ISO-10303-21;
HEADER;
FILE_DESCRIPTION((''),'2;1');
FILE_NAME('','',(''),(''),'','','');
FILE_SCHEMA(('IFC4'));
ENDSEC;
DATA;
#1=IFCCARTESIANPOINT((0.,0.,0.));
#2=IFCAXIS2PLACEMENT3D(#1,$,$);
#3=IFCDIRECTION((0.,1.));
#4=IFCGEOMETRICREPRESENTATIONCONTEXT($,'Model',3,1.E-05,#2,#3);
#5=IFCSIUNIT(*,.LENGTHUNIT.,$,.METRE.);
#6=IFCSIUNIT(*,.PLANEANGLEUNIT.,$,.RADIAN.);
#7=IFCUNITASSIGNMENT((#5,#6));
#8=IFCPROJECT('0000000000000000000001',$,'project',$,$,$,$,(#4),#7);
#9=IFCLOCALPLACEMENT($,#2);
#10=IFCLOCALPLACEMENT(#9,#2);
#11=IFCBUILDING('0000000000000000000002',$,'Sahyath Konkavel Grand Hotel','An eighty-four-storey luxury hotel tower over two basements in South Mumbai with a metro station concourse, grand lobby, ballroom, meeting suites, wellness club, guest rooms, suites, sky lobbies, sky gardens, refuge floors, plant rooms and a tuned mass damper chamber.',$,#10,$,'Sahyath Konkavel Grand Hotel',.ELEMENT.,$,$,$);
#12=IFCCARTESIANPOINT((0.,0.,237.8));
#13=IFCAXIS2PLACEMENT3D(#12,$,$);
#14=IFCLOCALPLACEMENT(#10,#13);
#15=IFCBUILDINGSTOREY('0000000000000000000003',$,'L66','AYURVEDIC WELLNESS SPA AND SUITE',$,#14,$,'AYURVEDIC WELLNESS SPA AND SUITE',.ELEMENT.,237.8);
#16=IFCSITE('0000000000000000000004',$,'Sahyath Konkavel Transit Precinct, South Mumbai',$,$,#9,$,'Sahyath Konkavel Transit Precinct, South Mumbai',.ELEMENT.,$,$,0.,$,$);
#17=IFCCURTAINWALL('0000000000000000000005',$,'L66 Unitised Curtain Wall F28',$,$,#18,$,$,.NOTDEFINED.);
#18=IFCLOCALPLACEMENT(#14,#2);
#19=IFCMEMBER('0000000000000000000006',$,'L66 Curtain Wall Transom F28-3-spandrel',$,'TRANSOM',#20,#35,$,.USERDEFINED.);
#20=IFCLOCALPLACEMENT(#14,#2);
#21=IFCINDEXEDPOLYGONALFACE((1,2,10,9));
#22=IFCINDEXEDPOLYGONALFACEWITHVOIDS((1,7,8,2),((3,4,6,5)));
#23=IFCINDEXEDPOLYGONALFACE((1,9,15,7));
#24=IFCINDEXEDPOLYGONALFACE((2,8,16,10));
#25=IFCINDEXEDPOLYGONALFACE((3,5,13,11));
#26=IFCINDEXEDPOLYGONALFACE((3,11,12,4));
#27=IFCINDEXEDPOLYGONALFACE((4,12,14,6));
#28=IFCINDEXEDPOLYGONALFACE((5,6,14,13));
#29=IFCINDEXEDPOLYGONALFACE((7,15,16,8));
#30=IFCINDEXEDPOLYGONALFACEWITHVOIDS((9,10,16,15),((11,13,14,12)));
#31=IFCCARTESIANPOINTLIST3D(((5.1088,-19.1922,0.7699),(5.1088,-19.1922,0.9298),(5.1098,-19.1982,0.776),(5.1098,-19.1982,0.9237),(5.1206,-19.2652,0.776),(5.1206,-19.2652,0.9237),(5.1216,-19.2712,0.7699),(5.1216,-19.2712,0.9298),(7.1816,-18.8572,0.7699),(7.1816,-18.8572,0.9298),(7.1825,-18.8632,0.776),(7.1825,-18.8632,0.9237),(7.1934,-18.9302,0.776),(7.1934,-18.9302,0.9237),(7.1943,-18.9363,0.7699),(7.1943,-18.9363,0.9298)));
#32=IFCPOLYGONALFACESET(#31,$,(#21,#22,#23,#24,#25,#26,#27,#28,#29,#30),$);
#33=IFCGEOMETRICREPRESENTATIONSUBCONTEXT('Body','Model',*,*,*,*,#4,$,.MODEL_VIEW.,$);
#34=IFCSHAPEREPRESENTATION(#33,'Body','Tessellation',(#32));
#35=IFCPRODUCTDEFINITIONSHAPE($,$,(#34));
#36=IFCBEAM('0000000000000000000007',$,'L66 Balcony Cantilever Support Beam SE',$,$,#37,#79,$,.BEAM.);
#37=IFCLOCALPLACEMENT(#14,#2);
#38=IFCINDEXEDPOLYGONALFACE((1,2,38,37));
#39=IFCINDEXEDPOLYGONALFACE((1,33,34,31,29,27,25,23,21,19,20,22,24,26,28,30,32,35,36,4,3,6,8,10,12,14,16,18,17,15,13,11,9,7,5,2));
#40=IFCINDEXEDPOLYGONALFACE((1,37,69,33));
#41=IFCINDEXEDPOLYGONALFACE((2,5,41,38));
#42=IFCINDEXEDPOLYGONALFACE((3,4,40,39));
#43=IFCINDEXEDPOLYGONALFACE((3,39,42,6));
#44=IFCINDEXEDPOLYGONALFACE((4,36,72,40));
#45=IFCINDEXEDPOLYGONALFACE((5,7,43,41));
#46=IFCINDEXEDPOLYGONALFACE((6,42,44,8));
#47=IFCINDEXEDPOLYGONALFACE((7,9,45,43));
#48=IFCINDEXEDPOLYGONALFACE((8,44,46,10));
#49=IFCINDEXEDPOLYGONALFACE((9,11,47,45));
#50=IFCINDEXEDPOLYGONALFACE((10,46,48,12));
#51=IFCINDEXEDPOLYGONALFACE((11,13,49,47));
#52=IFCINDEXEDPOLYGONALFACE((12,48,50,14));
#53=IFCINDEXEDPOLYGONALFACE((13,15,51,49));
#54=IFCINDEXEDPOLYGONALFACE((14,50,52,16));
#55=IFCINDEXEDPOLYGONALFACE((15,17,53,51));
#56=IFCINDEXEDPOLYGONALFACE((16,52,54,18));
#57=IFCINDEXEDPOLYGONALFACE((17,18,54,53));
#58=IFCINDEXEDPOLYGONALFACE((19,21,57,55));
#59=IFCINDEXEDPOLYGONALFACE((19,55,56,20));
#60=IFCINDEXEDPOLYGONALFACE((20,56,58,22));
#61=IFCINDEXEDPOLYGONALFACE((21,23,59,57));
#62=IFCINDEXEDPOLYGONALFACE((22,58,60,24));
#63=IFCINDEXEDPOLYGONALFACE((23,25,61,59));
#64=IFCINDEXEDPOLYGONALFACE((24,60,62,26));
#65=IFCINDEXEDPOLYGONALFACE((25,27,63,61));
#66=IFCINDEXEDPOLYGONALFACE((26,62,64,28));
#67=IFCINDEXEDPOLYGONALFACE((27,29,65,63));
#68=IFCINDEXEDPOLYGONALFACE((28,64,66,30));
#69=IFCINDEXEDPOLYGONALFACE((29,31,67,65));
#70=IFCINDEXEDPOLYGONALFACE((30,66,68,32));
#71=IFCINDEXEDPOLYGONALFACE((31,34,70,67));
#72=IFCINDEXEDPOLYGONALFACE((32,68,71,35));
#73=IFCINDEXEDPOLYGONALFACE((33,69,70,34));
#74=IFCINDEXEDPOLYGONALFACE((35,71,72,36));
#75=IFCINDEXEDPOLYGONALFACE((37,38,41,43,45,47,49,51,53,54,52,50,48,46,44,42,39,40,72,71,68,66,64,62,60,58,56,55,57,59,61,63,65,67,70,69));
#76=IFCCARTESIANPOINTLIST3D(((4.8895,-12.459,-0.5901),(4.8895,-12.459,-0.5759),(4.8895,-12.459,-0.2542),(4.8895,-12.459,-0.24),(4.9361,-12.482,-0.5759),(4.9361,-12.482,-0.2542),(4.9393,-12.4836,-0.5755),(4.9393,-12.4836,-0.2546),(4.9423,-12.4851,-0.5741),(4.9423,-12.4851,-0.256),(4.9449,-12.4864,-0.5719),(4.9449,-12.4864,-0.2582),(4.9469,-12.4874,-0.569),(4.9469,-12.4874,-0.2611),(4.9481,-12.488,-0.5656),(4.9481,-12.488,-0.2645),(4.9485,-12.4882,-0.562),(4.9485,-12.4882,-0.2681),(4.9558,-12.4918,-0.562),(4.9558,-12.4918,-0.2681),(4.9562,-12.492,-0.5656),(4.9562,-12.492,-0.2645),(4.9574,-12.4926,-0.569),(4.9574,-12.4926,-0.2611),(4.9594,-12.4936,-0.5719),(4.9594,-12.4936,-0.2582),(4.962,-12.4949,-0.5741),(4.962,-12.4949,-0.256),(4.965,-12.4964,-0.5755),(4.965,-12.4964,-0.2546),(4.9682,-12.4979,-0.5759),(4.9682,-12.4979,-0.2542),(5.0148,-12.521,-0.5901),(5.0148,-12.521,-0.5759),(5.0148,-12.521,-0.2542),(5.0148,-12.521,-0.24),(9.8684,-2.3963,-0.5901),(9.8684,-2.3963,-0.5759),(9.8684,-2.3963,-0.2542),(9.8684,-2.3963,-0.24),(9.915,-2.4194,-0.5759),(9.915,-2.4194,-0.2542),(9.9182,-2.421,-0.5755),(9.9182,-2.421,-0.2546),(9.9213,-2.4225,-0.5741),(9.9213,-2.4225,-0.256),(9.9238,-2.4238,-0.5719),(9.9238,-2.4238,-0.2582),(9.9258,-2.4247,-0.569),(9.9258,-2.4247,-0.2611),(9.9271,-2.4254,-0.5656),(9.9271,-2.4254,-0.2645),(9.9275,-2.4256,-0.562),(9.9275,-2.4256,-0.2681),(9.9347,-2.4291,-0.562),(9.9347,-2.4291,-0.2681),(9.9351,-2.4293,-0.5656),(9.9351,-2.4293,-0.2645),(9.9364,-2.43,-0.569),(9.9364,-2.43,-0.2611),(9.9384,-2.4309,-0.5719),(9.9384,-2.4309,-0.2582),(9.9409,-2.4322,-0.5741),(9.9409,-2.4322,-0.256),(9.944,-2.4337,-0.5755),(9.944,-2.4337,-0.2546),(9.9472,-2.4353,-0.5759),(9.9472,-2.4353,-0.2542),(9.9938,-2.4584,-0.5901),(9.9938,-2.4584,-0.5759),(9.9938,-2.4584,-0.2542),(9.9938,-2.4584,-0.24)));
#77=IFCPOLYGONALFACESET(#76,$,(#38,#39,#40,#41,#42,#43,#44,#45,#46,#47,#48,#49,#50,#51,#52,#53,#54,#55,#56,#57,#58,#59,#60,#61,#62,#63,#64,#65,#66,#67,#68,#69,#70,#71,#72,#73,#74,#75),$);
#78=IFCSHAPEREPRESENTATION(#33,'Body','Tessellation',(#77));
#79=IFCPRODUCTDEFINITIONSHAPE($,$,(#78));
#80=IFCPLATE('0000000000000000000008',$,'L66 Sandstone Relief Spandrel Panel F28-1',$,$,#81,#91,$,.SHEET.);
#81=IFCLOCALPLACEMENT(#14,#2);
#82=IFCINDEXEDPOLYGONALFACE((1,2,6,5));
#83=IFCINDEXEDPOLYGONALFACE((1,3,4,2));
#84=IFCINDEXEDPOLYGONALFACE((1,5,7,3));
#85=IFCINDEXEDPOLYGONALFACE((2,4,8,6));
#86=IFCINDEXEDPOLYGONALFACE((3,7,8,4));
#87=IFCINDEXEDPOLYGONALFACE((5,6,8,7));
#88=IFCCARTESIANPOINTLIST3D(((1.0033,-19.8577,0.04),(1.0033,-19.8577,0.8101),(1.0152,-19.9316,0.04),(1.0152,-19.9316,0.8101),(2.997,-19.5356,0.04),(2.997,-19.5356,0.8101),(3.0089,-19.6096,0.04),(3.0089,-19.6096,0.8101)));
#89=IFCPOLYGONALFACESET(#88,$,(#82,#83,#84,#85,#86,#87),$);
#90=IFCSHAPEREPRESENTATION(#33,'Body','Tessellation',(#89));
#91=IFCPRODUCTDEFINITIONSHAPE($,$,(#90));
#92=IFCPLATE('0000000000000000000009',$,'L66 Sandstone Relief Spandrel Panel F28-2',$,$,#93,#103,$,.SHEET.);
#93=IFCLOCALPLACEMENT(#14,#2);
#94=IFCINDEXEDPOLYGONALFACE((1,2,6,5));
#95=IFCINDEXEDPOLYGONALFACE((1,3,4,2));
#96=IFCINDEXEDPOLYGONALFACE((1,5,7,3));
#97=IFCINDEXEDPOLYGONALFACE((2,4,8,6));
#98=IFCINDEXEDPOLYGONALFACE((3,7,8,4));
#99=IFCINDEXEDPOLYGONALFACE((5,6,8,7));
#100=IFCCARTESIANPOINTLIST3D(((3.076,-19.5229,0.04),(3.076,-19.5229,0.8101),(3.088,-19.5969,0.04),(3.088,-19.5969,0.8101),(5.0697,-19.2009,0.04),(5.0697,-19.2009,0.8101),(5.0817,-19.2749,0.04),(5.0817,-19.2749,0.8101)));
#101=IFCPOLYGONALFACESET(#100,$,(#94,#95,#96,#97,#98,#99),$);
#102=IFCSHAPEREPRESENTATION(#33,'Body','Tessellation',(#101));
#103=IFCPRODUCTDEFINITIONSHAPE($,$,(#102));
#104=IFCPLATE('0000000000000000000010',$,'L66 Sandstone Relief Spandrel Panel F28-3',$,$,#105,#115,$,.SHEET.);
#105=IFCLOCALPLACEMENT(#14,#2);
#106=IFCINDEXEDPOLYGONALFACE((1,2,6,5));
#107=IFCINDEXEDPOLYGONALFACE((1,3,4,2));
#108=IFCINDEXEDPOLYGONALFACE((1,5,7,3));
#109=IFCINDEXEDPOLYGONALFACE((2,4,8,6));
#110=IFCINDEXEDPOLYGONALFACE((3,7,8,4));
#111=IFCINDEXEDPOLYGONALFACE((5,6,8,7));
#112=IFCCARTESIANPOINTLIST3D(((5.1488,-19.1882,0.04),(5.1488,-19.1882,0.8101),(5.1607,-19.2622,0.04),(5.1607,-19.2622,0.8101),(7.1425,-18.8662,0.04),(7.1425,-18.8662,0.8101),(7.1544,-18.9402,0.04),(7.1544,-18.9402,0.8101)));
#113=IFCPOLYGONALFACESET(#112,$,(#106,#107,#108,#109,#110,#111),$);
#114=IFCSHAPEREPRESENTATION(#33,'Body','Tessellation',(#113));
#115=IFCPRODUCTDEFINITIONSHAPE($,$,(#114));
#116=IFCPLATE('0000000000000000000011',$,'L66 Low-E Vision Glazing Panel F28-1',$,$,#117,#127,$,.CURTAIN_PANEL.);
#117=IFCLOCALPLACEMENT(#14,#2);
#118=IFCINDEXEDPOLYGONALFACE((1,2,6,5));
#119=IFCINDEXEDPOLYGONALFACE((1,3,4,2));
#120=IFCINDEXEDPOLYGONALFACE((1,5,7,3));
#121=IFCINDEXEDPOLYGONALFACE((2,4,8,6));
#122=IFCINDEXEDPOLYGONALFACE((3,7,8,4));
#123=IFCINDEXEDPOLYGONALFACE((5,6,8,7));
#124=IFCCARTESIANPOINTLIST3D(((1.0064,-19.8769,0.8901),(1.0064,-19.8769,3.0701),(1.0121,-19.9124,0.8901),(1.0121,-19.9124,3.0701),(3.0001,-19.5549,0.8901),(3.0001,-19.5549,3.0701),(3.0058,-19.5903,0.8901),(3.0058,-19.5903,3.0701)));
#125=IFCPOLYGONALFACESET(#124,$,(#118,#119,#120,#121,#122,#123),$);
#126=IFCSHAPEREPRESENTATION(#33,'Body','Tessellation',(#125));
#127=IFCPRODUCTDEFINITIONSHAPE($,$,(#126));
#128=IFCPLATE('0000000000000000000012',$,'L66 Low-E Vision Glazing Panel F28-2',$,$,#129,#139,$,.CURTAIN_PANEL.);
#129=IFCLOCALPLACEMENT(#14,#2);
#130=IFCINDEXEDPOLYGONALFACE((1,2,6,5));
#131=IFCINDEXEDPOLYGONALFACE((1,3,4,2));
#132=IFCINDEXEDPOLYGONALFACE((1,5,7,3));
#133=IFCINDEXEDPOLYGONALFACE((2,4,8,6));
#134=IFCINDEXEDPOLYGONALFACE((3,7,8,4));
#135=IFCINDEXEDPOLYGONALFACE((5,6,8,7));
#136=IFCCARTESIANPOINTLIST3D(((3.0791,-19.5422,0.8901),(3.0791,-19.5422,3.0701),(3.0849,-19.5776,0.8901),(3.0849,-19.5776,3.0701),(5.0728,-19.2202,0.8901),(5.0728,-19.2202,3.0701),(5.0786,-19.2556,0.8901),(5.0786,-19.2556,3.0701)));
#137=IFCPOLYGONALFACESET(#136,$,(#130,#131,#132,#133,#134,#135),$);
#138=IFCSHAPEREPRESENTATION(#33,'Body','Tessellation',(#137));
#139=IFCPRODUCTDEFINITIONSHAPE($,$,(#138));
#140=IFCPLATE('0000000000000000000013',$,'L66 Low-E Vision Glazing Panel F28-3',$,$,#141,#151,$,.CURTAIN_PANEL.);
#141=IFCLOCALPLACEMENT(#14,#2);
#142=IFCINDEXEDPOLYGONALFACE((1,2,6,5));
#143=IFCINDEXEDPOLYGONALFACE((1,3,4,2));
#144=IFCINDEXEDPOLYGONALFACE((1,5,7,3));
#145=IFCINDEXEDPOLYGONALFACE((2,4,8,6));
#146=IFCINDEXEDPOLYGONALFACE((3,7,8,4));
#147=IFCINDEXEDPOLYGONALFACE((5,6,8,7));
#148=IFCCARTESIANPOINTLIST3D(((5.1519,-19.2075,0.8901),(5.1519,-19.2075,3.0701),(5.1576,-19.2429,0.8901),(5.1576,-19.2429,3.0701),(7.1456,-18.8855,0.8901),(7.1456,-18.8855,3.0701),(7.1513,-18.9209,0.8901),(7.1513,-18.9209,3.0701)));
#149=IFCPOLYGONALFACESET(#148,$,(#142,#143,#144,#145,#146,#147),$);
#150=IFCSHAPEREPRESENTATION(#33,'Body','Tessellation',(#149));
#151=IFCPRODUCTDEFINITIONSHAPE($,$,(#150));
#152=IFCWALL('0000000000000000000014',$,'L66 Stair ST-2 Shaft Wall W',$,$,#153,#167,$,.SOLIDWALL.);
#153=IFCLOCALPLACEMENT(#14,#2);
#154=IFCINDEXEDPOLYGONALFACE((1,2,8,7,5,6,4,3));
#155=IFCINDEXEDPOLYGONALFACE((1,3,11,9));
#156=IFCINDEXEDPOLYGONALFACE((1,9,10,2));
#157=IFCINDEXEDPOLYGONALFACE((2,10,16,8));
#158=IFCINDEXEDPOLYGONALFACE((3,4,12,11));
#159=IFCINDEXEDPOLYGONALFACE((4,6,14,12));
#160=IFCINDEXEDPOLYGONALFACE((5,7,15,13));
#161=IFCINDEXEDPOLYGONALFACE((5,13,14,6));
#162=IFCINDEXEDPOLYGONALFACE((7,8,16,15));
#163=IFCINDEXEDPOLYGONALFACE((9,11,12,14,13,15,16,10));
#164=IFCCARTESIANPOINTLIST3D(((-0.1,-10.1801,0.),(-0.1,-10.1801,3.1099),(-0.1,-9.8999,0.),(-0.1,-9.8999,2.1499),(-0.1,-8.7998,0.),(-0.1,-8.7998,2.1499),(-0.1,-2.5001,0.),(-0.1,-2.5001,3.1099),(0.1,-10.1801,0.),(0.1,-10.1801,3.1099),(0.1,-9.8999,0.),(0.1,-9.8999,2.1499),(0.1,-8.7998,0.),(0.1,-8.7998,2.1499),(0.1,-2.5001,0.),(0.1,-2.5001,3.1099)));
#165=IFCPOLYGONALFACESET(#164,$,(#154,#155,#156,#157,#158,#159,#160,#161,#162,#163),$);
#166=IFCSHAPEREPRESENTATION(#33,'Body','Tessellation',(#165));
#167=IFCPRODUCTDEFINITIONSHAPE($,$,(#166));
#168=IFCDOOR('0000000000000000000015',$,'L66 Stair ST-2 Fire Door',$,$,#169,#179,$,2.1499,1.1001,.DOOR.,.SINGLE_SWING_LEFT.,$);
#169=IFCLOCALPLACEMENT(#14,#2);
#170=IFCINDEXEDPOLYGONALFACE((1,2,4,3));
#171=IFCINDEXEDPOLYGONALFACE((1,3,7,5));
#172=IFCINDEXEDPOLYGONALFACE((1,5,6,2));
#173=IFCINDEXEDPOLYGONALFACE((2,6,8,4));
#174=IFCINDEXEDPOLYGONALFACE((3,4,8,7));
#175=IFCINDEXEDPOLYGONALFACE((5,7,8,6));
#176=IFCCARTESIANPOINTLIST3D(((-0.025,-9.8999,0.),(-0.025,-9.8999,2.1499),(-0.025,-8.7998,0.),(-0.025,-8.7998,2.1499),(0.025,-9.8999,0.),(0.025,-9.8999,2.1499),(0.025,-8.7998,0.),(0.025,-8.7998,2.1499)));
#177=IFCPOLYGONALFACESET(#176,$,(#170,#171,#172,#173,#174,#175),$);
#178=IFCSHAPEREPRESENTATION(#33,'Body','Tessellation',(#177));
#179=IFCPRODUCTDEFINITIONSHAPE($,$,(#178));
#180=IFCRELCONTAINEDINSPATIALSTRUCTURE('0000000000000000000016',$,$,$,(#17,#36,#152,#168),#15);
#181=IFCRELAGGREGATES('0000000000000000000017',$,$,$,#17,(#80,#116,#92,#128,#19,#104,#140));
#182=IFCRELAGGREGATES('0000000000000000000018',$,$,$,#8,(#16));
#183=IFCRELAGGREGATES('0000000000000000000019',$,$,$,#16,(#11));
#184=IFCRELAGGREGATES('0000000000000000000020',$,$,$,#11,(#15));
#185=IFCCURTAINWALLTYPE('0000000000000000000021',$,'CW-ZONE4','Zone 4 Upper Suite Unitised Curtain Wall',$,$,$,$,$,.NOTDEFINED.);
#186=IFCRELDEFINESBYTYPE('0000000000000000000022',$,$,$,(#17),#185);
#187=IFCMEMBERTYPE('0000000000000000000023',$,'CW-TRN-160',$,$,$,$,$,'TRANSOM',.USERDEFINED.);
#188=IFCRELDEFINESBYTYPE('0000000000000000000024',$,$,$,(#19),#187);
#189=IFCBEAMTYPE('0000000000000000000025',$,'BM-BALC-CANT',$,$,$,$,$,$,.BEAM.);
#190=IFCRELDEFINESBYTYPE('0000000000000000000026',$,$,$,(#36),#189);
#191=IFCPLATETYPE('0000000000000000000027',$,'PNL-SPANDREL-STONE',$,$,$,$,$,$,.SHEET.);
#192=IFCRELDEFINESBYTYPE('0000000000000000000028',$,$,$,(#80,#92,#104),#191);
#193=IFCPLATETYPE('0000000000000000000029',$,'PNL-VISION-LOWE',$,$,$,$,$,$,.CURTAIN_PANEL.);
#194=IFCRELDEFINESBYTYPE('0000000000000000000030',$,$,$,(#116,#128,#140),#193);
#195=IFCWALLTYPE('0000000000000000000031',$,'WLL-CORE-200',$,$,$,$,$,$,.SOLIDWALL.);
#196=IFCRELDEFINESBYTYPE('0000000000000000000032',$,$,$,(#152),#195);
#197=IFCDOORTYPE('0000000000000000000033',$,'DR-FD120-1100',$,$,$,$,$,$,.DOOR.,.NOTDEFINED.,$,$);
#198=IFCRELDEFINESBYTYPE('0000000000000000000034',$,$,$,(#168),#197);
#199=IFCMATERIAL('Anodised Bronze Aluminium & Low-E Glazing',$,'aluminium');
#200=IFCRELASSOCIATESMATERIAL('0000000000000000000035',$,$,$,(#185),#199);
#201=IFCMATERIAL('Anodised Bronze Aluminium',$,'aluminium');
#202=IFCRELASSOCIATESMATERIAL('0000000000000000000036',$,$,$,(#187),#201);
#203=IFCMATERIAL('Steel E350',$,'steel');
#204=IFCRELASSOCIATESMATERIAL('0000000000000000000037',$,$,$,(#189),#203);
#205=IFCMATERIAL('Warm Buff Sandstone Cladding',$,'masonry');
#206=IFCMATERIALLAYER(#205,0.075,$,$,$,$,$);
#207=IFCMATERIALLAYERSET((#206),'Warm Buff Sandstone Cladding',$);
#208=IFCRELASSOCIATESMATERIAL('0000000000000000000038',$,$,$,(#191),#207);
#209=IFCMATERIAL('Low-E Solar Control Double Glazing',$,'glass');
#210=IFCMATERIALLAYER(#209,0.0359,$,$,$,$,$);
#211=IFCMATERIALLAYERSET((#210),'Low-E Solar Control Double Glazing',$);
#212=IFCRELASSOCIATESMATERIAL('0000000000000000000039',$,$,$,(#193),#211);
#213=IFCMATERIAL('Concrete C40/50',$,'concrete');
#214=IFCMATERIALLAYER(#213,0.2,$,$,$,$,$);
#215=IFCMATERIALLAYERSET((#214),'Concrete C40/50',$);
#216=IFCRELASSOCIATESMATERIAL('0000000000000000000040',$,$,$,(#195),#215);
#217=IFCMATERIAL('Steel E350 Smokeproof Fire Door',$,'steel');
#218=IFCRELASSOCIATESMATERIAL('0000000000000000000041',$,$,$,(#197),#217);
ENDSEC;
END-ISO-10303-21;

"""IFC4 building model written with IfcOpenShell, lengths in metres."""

from ifc_helpers import new_model, si_unit, direction, frame, frame_2d, origin, origin_2d, place, context, subcontext, project, spatial, rectangle, hollow_rectangle, i_section, extrude, source, transform, mapped, material, layer, layer_set, material_profile, profile_set, type_object, element, fill, aggregate, save


model = new_model("IFC4")

# Units and contexts
model_context = context("Model", 3, precision=1e-05, world=origin(), true_north=direction((0.0, 1.0)))
body_context = subcontext(model_context, "Body", "Model", "MODEL_VIEW")
ifc_project = project(units=[si_unit("LENGTHUNIT", "METRE"), si_unit("PLANEANGLEUNIT", "RADIAN")], contexts=[model_context])

# Site, building, storey
site_placement = place(None, origin())
site = spatial("IfcSite", under=ifc_project, at=site_placement, Name="Sahyath Konkavel Transit Precinct, South Mumbai", LongName="Sahyath Konkavel Transit Precinct, South Mumbai", CompositionType="ELEMENT", RefElevation=0.0)
building_placement = place(site_placement, origin())
building = spatial("IfcBuilding", under=site, at=building_placement, Name="Sahyath Konkavel Grand Hotel", Description="An eighty-four-storey luxury hotel tower over two basements in South Mumbai with a metro station concourse, grand lobby, ballroom, meeting suites, wellness club, guest rooms, suites, sky lobbies, sky gardens, refuge floors, plant rooms and a tuned mass damper chamber.", LongName="Sahyath Konkavel Grand Hotel", CompositionType="ELEMENT")
storey_placement = place(building_placement, frame((0.0, 0.0, 237.8)))
storey = spatial("IfcBuildingStorey", under=building, at=storey_placement, Name="L66", Description="AYURVEDIC WELLNESS SPA AND SUITE", LongName="AYURVEDIC WELLNESS SPA AND SUITE", CompositionType="ELEMENT", Elevation=237.8)

# Shared definitions
ifc_material_1 = material(Name="Steel E350", Category="steel")

# Curtain wall, member
ifc_material_2 = material(Name="Anodised Bronze Aluminium & Low-E Glazing", Category="aluminium")
curtain_wall_type = type_object("IfcCurtainWallType", Name="CW-ZONE4", Description="Zone 4 Upper Suite Unitised Curtain Wall", PredefinedType="NOTDEFINED", material=ifc_material_2)
curtain_wall_placement = place(storey_placement, origin())
curtain_wall = element("IfcCurtainWall", 1, at=curtain_wall_placement, inside=storey, type_object=curtain_wall_type, Name="L66 Unitised Curtain Wall F28", PredefinedType="NOTDEFINED")
ifc_material_3 = material(Name="Anodised Bronze Aluminium", Category="aluminium")
ifc_material_profile_1 = material_profile(ifc_material_3, hollow_rectangle(XDim=0.0801, YDim=0.1599, WallThickness=0.0061, at=origin_2d()), Name="RHS 160x80x6")
ifc_profile_set_1 = profile_set([ifc_material_profile_1], Name="Anodised Bronze Aluminium")
member_type_1 = type_object("IfcMemberType", Name="CW-TRN-160", ElementType="TRANSOM", PredefinedType="USERDEFINED", material=ifc_profile_set_1)
shared_shape_1 = source(origin(), body_context, "Body", "SweptSolid", [
    extrude(hollow_rectangle(XDim=0.0801, YDim=0.1599, WallThickness=0.0061, at=origin_2d()), origin(), (0.0, 0.0, 1.0), 2.0996),
])
member_1_placement = place(storey_placement, frame((5.1152, -19.2317, 0.8499), z_axis=(0.987193, 0.159532, 0.0), x_axis=(-0.159532, 0.987193, 0.0)))
member_1 = element("IfcMember", 2, at=member_1_placement, type_object=member_type_1, Name="L66 Curtain Wall Transom F28-3-spandrel", ObjectType="TRANSOM", PredefinedType="USERDEFINED", context=body_context, shape_type="MappedRepresentation", body=[
    mapped(shared_shape_1, transform((0.0, 0.0, 0.0), scale=1.0)),
])

# Beam
ifc_material_profile_2 = material_profile(ifc_material_1, i_section(OverallWidth=0.1399, OverallDepth=0.3501, WebThickness=0.0081, FlangeThickness=0.0142, FilletRadius=0.0139, at=origin_2d()), Name="ISMB 350")
ifc_profile_set_2 = profile_set([ifc_material_profile_2], Name="Steel E350")
beam_type_1 = type_object("IfcBeamType", Name="BM-BALC-CANT", PredefinedType="BEAM", material=ifc_profile_set_2)
shared_shape_2 = source(origin(), body_context, "Body", "SweptSolid", [
    extrude(i_section(OverallWidth=0.1399, OverallDepth=0.3501, WebThickness=0.0081, FlangeThickness=0.0142, FilletRadius=0.0139, at=origin_2d()), origin(), (0.0, 0.0, 1.0), 11.2271),
])
beam_1_placement = place(storey_placement, frame((4.9521, -12.49, -0.415), z_axis=(0.443478, 0.896285, 0.0), x_axis=(-0.896285, 0.443478, 0.0)))
element("IfcBeam", 3, at=beam_1_placement, inside=storey, type_object=beam_type_1, Name="L66 Balcony Cantilever Support Beam SE", PredefinedType="BEAM", context=body_context, shape_type="MappedRepresentation", body=[
    mapped(shared_shape_2, transform((0.0, 0.0, 0.0), scale=1.0)),
])

# Plates
ifc_material_4 = material(Name="Warm Buff Sandstone Cladding", Category="masonry")
ifc_layer_1 = layer(ifc_material_4, 0.075)
ifc_layer_set_1 = layer_set([ifc_layer_1], Name="Warm Buff Sandstone Cladding")
plate_type_1 = type_object("IfcPlateType", Name="PNL-SPANDREL-STONE", PredefinedType="SHEET", material=ifc_layer_set_1)
shared_shape_3 = source(origin(), body_context, "Body", "SweptSolid", [
    extrude(rectangle(XDim=2.0195, YDim=0.075, at=origin_2d()), origin(), (0.0, 0.0, 1.0), 0.77),
])
plate_1_placement = place(storey_placement, frame((2.0061, -19.7336, 0.04), z_axis=(0.0, 0.0, 1.0), x_axis=(0.987206, 0.15945, 0.0)))
plate_1 = element("IfcPlate", 4, at=plate_1_placement, type_object=plate_type_1, Name="L66 Sandstone Relief Spandrel Panel F28-1", PredefinedType="SHEET", context=body_context, shape_type="MappedRepresentation", body=[
    mapped(shared_shape_3, transform((0.0, 0.0, 0.0), scale=1.0)),
])
plate_2_placement = place(storey_placement, frame((4.0789, -19.3989, 0.04), z_axis=(0.0, 0.0, 1.0), x_axis=(0.987206, 0.15945, 0.0)))
plate_2 = element("IfcPlate", 5, at=plate_2_placement, type_object=plate_type_1, Name="L66 Sandstone Relief Spandrel Panel F28-2", PredefinedType="SHEET", context=body_context, shape_type="MappedRepresentation", body=[
    mapped(shared_shape_3, transform((0.0, 0.0, 0.0), scale=1.0)),
])
plate_3_placement = place(storey_placement, frame((6.1516, -19.0642, 0.04), z_axis=(0.0, 0.0, 1.0), x_axis=(0.987206, 0.15945, 0.0)))
plate_3 = element("IfcPlate", 6, at=plate_3_placement, type_object=plate_type_1, Name="L66 Sandstone Relief Spandrel Panel F28-3", PredefinedType="SHEET", context=body_context, shape_type="MappedRepresentation", body=[
    mapped(shared_shape_3, transform((0.0, 0.0, 0.0), scale=1.0)),
])
ifc_material_5 = material(Name="Low-E Solar Control Double Glazing", Category="glass")
ifc_layer_2 = layer(ifc_material_5, 0.0359)
ifc_layer_set_2 = layer_set([ifc_layer_2], Name="Low-E Solar Control Double Glazing")
plate_type_2 = type_object("IfcPlateType", Name="PNL-VISION-LOWE", PredefinedType="CURTAIN_PANEL", material=ifc_layer_set_2)
shared_shape_4 = source(origin(), body_context, "Body", "SweptSolid", [
    extrude(rectangle(XDim=2.0195, YDim=0.0359, at=origin_2d()), origin(), (0.0, 0.0, 1.0), 2.1799),
])
plate_4_placement = place(storey_placement, frame((2.0061, -19.7336, 0.8901), z_axis=(0.0, 0.0, 1.0), x_axis=(0.987206, 0.15945, 0.0)))
plate_4 = element("IfcPlate", 7, at=plate_4_placement, type_object=plate_type_2, Name="L66 Low-E Vision Glazing Panel F28-1", PredefinedType="CURTAIN_PANEL", context=body_context, shape_type="MappedRepresentation", body=[
    mapped(shared_shape_4, transform((0.0, 0.0, 0.0), scale=1.0)),
])
plate_5_placement = place(storey_placement, frame((4.0789, -19.3989, 0.8901), z_axis=(0.0, 0.0, 1.0), x_axis=(0.987206, 0.15945, 0.0)))
plate_5 = element("IfcPlate", 8, at=plate_5_placement, type_object=plate_type_2, Name="L66 Low-E Vision Glazing Panel F28-2", PredefinedType="CURTAIN_PANEL", context=body_context, shape_type="MappedRepresentation", body=[
    mapped(shared_shape_4, transform((0.0, 0.0, 0.0), scale=1.0)),
])
plate_6_placement = place(storey_placement, frame((6.1516, -19.0642, 0.8901), z_axis=(0.0, 0.0, 1.0), x_axis=(0.987206, 0.15945, 0.0)))
plate_6 = element("IfcPlate", 9, at=plate_6_placement, type_object=plate_type_2, Name="L66 Low-E Vision Glazing Panel F28-3", PredefinedType="CURTAIN_PANEL", context=body_context, shape_type="MappedRepresentation", body=[
    mapped(shared_shape_4, transform((0.0, 0.0, 0.0), scale=1.0)),
])
aggregate(curtain_wall, [plate_1, plate_4, plate_2, plate_5, member_1, plate_3, plate_6])

# Wall, opening, door
ifc_material_6 = material(Name="Concrete C40/50", Category="concrete")
ifc_layer_3 = layer(ifc_material_6, 0.2)
ifc_layer_set_3 = layer_set([ifc_layer_3], Name="Concrete C40/50")
wall_type_1 = type_object("IfcWallType", Name="WLL-CORE-200", PredefinedType="SOLIDWALL", material=ifc_layer_set_3)
wall_1_placement = place(storey_placement, frame((0.0, -10.1799, 0.0), z_axis=(0.0, 0.0, 1.0), x_axis=(0.0, 1.0, 0.0)))
wall_1 = element("IfcWall", 10, at=wall_1_placement, inside=storey, type_object=wall_type_1, Name="L66 Stair ST-2 Shaft Wall W", PredefinedType="SOLIDWALL", context=body_context, shape_type="SweptSolid", body=[
    extrude(rectangle(XDim=7.6799, YDim=0.2, at=frame_2d((3.8398, 0.0))), origin(), (0.0, 0.0, 1.0), 3.1099),
])
opening_1_placement = place(wall_1_placement, frame((0.28, 0.0, 0.0)))
opening_1 = element("IfcOpeningElement", 11, at=opening_1_placement, cuts=wall_1, PredefinedType="OPENING", context=body_context, shape_type="SweptSolid", body=[
    extrude(rectangle(XDim=1.1001, YDim=2.1499, at=frame_2d((0.55, 1.075))), frame((0.0, 0.1099, 0.0), z_axis=(0.0, -1.0, 0.0), x_axis=(1.0, 0.0, 0.0)), (0.0, 0.0, 1.0), 0.22),
])
ifc_material_7 = material(Name="Steel E350 Smokeproof Fire Door", Category="steel")
door_type_1 = type_object("IfcDoorType", Name="DR-FD120-1100", OperationType="NOTDEFINED", PredefinedType="DOOR", material=ifc_material_7)
shared_shape_5 = source(origin(), body_context, "Body", "SweptSolid", [
    extrude(rectangle(XDim=1.1001, YDim=0.05, at=origin_2d()), origin(), (0.0, 0.0, 1.0), 2.1499),
])
door_1_placement = place(opening_1_placement, frame((0.55, 0.0, 0.0)))
door_1 = element("IfcDoor", 12, at=door_1_placement, inside=storey, type_object=door_type_1, Name="L66 Stair ST-2 Fire Door", OperationType="SINGLE_SWING_LEFT", OverallHeight=2.1499, OverallWidth=1.1001, PredefinedType="DOOR", context=body_context, shape_type="MappedRepresentation", body=[
    mapped(shared_shape_5, transform((0.0, 0.0, 0.0), scale=1.0)),
])
fill(opening_1, door_1)

save(model, "model.ifc")
